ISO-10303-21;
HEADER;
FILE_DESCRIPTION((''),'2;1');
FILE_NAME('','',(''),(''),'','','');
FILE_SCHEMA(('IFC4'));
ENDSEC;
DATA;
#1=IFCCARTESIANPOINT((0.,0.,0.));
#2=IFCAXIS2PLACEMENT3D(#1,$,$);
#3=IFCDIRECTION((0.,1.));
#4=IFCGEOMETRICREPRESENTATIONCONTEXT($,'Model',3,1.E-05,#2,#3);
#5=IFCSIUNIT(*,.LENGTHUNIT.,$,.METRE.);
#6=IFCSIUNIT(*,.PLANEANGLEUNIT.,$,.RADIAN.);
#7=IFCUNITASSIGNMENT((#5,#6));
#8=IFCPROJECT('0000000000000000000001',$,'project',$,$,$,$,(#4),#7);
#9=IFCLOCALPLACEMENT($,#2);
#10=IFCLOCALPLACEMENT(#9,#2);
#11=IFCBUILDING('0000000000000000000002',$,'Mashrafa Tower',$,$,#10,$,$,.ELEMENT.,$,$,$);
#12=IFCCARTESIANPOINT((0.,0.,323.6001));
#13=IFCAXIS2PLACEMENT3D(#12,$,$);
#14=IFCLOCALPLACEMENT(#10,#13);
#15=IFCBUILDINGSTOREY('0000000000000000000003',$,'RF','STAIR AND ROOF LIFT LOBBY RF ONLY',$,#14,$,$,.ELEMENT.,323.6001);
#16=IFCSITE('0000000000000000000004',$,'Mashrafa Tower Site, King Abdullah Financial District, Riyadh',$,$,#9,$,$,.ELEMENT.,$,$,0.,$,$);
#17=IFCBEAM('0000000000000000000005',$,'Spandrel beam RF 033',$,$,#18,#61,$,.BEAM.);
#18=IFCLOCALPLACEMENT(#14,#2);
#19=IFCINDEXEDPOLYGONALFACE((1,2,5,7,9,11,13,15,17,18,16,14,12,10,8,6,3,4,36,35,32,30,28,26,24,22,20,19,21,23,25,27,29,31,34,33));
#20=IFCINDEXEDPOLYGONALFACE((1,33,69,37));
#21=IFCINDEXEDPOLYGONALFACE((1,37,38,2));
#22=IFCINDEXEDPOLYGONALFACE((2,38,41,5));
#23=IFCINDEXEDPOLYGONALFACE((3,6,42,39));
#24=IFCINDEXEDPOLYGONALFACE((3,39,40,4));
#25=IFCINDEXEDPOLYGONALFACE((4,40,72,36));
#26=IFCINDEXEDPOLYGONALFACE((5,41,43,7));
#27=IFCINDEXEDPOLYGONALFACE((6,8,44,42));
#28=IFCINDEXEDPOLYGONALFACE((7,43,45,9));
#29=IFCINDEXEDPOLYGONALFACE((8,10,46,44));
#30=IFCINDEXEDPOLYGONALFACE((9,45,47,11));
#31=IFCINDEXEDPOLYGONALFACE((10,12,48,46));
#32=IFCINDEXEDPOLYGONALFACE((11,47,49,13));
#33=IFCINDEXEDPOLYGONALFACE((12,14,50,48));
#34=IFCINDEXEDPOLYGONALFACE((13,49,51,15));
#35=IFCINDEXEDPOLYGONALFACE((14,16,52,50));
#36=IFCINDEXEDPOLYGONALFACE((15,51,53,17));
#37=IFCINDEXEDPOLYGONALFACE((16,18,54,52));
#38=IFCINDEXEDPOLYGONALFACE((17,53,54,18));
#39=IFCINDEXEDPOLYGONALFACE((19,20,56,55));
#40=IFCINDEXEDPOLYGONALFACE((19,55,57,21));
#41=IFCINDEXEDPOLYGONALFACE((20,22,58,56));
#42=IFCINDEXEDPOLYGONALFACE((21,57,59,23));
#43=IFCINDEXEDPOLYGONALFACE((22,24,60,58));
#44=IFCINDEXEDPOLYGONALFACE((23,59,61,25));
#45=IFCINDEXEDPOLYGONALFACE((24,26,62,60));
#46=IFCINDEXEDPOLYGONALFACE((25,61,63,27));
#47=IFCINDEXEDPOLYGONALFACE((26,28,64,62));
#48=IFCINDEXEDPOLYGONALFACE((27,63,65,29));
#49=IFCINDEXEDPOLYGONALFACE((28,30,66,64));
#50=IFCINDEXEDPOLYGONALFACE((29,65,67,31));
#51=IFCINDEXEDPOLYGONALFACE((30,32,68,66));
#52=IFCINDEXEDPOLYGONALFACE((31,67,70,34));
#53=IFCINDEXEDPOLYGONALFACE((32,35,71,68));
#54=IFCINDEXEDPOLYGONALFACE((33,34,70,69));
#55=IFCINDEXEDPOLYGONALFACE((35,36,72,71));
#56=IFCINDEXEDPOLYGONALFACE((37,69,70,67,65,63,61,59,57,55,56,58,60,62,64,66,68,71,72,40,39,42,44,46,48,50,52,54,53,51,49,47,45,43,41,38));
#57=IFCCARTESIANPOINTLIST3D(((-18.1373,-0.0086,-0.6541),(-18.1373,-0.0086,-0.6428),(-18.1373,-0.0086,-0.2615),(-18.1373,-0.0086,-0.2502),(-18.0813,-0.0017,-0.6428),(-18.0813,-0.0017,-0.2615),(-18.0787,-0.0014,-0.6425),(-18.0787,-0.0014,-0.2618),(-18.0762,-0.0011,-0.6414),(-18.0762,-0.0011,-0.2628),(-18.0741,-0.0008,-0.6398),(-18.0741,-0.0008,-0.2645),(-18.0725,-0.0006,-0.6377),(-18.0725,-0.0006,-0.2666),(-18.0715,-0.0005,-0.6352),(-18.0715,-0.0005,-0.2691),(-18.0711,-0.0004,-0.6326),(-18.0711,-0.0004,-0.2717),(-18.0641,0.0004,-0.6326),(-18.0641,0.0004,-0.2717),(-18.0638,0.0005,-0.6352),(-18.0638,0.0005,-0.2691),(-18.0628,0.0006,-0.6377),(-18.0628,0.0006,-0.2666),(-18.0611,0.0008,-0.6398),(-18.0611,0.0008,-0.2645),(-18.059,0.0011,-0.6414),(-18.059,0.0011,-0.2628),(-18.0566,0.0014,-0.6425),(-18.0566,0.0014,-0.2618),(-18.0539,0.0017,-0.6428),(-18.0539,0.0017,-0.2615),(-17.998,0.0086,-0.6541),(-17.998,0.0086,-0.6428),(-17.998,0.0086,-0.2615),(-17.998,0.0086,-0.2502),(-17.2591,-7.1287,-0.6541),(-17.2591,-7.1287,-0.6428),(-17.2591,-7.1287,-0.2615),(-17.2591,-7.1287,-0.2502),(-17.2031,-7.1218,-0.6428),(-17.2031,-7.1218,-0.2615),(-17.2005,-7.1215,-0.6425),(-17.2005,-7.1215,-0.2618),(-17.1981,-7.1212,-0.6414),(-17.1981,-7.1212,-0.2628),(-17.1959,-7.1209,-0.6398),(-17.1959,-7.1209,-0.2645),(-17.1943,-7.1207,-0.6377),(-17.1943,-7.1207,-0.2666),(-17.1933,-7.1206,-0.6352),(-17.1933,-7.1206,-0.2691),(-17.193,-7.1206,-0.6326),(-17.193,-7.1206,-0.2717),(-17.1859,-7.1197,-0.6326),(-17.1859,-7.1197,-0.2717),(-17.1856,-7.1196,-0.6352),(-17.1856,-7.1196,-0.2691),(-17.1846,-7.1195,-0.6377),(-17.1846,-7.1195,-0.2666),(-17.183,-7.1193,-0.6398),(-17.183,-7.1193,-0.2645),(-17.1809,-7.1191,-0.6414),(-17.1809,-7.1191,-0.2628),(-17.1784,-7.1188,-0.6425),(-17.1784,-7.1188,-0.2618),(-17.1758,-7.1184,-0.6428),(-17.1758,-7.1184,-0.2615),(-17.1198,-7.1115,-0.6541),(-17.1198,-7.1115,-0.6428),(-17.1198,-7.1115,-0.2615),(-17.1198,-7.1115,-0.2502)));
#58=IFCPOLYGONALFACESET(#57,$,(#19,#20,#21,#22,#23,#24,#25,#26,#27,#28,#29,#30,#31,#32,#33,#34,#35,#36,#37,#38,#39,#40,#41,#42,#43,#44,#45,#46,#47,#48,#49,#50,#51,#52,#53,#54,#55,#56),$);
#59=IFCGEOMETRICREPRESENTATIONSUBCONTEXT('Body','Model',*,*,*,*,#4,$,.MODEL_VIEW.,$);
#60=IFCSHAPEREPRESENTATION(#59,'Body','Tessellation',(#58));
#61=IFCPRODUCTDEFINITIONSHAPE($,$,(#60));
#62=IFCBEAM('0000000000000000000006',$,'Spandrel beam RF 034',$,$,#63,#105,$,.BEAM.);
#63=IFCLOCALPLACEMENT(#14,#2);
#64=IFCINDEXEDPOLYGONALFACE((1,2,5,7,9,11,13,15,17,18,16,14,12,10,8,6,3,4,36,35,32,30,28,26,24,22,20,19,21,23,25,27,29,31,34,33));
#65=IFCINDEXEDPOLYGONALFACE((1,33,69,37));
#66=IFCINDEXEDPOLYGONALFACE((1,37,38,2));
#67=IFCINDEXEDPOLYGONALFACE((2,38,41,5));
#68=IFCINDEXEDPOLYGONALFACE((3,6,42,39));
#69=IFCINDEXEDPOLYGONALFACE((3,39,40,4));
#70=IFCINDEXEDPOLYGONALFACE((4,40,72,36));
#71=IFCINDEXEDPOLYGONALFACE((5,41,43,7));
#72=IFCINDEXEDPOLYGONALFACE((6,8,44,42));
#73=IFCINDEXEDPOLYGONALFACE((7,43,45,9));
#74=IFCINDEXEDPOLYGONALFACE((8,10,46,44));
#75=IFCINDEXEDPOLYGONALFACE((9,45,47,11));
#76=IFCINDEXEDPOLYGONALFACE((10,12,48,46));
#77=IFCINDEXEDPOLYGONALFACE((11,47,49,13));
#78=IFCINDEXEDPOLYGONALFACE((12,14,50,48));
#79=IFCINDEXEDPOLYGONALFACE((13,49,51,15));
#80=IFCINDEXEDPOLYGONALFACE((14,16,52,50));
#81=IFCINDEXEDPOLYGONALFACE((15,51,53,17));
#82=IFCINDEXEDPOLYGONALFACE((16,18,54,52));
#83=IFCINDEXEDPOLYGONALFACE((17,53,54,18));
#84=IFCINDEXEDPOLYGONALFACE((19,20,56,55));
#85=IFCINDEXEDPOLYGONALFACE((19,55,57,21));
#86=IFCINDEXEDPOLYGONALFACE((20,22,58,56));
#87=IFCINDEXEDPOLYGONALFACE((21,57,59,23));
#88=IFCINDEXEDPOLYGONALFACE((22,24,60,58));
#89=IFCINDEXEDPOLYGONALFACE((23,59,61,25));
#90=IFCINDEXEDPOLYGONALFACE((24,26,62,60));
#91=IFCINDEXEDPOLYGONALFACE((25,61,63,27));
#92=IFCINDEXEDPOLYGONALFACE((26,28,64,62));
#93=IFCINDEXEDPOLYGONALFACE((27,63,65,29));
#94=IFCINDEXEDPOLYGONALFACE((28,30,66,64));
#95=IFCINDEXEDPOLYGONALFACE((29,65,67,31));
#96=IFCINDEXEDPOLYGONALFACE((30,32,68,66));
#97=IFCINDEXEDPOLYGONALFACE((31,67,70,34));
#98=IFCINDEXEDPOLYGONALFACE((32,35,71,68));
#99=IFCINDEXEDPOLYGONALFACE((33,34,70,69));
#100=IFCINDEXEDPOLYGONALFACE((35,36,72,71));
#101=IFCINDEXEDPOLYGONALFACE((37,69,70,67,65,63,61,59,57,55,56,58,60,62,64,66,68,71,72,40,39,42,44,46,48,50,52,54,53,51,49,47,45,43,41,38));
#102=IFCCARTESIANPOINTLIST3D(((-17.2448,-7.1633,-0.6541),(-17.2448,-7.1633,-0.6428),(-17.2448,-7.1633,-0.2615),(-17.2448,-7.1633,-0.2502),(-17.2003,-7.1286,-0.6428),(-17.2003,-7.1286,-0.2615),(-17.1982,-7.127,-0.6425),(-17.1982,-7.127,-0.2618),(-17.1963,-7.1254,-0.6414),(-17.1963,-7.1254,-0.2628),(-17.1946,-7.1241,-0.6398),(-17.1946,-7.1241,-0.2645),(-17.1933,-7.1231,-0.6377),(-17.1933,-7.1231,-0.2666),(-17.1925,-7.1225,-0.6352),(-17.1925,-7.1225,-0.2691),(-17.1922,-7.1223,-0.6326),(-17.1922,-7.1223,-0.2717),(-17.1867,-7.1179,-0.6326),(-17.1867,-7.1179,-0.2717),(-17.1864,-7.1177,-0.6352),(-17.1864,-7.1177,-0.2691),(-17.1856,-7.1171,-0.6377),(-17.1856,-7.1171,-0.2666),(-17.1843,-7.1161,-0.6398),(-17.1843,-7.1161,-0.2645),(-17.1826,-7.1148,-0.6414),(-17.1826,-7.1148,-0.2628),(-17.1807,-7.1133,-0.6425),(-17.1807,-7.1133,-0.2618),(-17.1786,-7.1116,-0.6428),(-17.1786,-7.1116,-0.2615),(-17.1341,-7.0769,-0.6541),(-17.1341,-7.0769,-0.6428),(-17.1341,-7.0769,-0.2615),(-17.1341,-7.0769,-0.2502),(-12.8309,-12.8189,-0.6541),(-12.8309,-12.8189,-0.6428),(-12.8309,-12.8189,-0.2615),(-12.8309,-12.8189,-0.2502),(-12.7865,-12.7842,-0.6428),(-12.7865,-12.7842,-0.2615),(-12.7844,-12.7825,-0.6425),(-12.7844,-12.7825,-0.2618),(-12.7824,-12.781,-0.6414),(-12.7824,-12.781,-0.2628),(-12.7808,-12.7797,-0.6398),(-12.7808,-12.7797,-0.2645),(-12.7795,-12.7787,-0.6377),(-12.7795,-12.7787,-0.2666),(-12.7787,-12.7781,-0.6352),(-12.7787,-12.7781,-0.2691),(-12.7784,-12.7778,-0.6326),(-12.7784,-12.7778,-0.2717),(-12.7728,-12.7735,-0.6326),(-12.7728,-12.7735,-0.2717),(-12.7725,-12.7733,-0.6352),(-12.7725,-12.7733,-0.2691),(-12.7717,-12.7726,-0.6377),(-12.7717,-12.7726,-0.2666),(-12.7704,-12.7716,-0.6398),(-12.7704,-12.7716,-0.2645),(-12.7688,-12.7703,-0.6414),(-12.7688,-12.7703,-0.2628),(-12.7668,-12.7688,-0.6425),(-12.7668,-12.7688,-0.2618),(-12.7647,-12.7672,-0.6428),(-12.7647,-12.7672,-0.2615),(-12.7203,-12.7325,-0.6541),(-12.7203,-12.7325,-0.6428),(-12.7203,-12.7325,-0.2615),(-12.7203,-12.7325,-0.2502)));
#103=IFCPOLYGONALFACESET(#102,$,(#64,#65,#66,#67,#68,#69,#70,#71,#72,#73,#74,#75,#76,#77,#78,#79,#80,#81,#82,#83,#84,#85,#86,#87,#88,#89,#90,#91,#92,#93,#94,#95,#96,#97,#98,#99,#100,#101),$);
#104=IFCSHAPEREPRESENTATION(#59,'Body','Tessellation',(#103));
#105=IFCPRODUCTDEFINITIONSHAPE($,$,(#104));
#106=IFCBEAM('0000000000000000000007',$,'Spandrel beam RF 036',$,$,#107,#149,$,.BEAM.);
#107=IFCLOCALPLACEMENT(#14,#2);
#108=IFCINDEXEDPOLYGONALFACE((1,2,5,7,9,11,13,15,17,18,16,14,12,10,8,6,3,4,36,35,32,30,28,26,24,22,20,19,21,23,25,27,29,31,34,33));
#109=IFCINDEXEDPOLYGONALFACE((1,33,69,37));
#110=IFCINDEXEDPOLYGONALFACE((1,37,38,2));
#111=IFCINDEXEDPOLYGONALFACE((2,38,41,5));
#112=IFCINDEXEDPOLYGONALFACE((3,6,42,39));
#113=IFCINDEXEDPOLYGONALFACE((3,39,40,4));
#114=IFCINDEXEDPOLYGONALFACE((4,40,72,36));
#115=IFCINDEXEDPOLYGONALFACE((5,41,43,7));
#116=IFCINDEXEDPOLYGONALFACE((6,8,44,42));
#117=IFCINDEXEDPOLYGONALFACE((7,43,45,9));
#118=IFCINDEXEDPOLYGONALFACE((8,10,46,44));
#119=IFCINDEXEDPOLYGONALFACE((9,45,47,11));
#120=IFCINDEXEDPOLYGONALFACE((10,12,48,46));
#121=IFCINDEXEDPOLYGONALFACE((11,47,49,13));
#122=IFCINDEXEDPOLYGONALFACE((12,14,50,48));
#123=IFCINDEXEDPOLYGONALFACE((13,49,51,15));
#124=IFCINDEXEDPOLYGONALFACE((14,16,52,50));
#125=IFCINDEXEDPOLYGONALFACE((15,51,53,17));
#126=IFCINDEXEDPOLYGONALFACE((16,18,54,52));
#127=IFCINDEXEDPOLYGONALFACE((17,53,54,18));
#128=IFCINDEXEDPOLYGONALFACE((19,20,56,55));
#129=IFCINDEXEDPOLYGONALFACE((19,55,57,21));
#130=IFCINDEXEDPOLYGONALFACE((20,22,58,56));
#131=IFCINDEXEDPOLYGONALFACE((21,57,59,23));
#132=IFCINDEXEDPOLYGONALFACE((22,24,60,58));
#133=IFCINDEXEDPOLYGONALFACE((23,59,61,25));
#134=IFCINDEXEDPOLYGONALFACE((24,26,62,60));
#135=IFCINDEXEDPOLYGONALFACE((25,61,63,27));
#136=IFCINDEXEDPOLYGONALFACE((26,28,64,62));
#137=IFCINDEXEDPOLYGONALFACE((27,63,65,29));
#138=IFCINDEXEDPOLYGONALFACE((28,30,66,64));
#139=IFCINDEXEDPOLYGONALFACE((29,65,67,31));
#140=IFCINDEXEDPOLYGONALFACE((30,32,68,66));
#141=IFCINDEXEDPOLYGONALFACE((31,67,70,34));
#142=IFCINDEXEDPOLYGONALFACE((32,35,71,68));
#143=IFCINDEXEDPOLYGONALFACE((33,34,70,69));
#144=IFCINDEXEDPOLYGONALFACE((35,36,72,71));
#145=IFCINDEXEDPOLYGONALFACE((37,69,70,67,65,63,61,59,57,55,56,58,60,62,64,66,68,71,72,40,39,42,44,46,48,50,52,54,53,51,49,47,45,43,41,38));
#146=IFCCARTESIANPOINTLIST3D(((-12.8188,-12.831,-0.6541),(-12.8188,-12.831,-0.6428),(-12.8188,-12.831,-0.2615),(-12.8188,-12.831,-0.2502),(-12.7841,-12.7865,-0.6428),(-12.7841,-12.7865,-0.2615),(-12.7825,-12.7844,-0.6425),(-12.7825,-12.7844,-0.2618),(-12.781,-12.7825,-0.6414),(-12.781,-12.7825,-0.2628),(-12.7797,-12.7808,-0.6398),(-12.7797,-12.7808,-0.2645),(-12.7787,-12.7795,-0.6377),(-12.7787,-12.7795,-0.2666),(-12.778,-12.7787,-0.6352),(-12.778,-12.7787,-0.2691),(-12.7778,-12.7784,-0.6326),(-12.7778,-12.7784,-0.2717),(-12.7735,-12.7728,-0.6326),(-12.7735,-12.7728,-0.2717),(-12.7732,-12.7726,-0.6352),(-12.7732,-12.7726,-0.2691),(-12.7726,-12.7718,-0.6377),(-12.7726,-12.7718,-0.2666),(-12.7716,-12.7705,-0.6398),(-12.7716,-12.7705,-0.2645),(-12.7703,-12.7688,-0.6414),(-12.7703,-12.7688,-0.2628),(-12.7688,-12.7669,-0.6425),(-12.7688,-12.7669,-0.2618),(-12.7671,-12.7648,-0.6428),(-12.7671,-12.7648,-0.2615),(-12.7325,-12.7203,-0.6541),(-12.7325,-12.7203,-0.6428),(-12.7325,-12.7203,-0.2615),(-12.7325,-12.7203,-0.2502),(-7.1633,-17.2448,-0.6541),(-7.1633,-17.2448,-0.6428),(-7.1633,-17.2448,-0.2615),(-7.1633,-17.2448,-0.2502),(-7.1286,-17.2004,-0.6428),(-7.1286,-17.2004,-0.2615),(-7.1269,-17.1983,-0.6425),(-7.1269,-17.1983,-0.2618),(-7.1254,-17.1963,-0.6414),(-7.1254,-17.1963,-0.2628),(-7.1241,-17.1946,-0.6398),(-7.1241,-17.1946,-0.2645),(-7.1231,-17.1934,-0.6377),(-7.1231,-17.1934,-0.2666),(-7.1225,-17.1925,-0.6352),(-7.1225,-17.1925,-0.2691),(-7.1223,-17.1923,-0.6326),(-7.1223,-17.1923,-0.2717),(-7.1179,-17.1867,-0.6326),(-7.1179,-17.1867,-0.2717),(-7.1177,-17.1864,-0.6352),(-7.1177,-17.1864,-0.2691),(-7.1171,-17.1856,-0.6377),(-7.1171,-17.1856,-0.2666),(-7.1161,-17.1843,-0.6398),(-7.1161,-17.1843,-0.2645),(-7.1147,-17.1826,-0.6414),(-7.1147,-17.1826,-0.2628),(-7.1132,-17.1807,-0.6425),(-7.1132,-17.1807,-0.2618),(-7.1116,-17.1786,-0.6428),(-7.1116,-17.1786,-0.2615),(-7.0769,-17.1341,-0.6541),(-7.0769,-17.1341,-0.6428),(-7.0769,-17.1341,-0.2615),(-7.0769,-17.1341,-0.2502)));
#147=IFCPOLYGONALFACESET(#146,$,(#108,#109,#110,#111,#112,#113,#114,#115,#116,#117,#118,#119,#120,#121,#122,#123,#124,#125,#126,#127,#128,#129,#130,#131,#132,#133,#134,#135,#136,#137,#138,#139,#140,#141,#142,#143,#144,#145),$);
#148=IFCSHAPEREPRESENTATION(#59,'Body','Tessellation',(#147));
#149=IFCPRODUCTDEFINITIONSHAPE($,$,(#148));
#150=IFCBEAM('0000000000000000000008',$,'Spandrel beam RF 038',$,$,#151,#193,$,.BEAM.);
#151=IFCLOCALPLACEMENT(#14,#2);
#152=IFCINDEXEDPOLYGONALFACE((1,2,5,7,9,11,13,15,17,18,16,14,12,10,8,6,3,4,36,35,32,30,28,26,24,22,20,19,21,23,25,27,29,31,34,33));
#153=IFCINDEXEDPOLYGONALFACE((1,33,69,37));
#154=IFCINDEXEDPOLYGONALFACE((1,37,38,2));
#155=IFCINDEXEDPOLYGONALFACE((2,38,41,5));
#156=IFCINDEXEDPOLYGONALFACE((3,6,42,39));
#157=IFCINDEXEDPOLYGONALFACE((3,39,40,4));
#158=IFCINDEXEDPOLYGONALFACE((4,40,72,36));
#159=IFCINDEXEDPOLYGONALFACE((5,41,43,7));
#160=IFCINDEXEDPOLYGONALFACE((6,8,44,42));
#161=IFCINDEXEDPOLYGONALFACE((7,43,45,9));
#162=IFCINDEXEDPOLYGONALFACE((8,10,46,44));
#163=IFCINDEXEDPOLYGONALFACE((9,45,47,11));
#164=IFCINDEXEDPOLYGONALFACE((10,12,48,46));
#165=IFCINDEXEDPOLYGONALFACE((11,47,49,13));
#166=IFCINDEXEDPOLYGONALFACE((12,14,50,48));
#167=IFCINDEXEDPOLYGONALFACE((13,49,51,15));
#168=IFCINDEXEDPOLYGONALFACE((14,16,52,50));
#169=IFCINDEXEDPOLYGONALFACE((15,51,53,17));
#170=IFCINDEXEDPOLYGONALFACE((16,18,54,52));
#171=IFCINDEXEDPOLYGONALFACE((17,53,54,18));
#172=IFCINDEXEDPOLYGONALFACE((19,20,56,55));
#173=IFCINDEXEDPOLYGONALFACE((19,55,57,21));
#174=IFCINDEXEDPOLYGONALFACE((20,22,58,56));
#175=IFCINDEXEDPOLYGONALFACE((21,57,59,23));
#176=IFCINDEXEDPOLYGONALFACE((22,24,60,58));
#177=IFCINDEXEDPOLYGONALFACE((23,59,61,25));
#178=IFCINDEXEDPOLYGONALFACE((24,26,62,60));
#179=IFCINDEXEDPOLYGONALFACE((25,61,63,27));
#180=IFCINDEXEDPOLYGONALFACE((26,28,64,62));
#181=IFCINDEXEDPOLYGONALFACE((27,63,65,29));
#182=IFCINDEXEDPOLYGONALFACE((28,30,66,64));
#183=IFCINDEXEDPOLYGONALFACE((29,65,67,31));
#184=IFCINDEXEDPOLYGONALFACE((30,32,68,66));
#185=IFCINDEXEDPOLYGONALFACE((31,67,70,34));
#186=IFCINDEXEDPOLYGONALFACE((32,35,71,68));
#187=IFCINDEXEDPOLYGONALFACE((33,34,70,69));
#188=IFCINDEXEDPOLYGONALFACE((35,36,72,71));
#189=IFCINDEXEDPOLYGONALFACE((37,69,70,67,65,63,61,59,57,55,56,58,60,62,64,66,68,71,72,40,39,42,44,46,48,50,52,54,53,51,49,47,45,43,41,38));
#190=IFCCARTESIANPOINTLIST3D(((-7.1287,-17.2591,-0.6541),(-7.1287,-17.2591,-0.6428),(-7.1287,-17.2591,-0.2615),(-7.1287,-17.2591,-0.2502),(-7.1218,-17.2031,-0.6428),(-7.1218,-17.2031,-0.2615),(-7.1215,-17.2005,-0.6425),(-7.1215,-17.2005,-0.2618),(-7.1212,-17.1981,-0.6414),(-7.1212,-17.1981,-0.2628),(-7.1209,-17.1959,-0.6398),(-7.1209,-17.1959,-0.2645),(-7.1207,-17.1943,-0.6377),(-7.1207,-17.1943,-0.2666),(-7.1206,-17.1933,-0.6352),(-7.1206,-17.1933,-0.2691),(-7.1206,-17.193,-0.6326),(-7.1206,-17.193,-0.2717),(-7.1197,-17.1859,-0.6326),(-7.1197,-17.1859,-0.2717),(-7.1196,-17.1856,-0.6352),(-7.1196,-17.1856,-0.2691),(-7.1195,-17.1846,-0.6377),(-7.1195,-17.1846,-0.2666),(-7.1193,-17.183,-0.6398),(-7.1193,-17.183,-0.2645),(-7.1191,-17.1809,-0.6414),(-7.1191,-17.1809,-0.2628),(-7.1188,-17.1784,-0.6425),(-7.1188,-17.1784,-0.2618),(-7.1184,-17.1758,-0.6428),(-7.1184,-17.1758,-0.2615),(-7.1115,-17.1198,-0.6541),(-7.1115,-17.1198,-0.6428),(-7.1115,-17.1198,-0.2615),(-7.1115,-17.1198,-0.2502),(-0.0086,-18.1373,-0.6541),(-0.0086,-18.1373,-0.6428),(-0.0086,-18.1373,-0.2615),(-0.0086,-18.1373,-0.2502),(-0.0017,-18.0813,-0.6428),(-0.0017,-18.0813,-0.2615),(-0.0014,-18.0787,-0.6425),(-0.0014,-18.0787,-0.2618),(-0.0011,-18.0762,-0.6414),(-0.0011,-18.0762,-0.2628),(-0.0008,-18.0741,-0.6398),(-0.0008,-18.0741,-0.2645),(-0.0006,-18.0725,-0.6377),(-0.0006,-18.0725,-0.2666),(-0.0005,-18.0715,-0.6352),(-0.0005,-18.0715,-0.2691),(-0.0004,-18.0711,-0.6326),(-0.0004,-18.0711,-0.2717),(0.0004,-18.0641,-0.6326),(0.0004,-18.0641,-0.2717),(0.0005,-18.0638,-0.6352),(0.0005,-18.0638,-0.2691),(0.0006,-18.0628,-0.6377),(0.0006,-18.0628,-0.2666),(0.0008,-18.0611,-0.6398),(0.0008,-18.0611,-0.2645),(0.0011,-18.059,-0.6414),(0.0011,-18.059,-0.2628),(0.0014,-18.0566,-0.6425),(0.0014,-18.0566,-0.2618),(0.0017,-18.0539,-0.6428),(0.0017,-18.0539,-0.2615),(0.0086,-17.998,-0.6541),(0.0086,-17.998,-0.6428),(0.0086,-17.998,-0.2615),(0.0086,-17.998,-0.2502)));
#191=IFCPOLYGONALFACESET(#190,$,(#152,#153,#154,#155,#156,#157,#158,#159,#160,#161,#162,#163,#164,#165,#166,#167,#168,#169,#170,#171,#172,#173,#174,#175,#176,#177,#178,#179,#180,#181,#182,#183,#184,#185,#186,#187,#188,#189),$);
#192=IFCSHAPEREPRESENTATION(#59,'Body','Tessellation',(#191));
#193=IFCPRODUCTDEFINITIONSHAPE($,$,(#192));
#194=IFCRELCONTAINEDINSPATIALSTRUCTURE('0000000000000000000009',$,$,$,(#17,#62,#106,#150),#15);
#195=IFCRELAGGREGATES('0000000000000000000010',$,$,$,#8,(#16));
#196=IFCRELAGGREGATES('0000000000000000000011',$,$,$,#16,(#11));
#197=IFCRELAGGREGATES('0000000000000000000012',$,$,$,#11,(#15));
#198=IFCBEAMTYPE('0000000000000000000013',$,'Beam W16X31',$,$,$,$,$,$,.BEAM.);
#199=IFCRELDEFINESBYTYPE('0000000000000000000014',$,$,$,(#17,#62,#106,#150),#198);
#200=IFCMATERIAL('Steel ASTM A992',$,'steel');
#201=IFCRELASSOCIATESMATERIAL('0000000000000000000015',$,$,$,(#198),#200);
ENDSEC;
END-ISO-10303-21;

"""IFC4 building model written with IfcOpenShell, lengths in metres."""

from ifc_helpers import new_model, si_unit, direction, frame, origin, origin_2d, place, context, subcontext, project, spatial, i_section, extrude, material, material_profile, profile_set, type_object, element, save


model = new_model("IFC4")

# Units and contexts
model_context = context("Model", 3, precision=1e-05, world=origin(), true_north=direction((0.0, 1.0)))
body_context = subcontext(model_context, "Body", "Model", "MODEL_VIEW")
ifc_project = project(units=[si_unit("LENGTHUNIT", "METRE"), si_unit("PLANEANGLEUNIT", "RADIAN")], contexts=[model_context])

# Site, building, storey
site_placement = place(None, origin())
site = spatial("IfcSite", under=ifc_project, at=site_placement, Name="Mashrafa Tower Site, King Abdullah Financial District, Riyadh", CompositionType="ELEMENT", RefElevation=0.0)
building_placement = place(site_placement, origin())
building = spatial("IfcBuilding", under=site, at=building_placement, Name="Mashrafa Tower", CompositionType="ELEMENT")
storey_placement = place(building_placement, frame((0.0, 0.0, 323.6001)))
storey = spatial("IfcBuildingStorey", under=building, at=storey_placement, Name="RF", Description="STAIR AND ROOF LIFT LOBBY RF ONLY", CompositionType="ELEMENT", Elevation=323.6001)

# Beams
ifc_material_1 = material(Name="Steel ASTM A992", Category="steel")
ifc_material_profile_1 = material_profile(ifc_material_1, i_section(OverallWidth=0.1404, OverallDepth=0.4038, WebThickness=0.0071, FlangeThickness=0.0112, FilletRadius=0.0103, at=origin_2d()), Name="W16X31")
ifc_profile_set_1 = profile_set([ifc_material_profile_1], Name="Steel ASTM A992")
beam_type_1 = type_object("IfcBeamType", Name="Beam W16X31", PredefinedType="BEAM", material=ifc_profile_set_1)
for number, where, z_axis, x_axis, name in (
    (1, (-18.0676, 0.0, -0.4521), (0.122409, -0.99248, 0.0), (0.99248, 0.122409, 0.0), "Spandrel beam RF 033"),
    (2, (-17.1895, -7.1201, -0.4521), (0.61525, -0.788332, 0.0), (0.788332, 0.61525, 0.0), "Spandrel beam RF 034"),
    (3, (-12.7756, -12.7756, -0.4521), (0.788332, -0.61525, 0.0), (0.61525, 0.788332, 0.0), "Spandrel beam RF 036"),
    (4, (-7.1201, -17.1895, -0.4521), (0.99248, -0.122409, 0.0), (0.122409, 0.99248, 0.0), "Spandrel beam RF 038"),
):
    element("IfcBeam", number, at=place(storey_placement, frame(where, z_axis=z_axis, x_axis=x_axis)), inside=storey, type_object=beam_type_1, Name=name, PredefinedType="BEAM", context=body_context, shape_type="SweptSolid", body=[
        extrude(i_section(OverallWidth=0.1404, OverallDepth=0.4038, WebThickness=0.0071, FlangeThickness=0.0112, FilletRadius=0.0103, at=origin_2d()), origin(), (0.0, 0.0, 1.0), 7.1741),
    ])

save(model, "model.ifc")
